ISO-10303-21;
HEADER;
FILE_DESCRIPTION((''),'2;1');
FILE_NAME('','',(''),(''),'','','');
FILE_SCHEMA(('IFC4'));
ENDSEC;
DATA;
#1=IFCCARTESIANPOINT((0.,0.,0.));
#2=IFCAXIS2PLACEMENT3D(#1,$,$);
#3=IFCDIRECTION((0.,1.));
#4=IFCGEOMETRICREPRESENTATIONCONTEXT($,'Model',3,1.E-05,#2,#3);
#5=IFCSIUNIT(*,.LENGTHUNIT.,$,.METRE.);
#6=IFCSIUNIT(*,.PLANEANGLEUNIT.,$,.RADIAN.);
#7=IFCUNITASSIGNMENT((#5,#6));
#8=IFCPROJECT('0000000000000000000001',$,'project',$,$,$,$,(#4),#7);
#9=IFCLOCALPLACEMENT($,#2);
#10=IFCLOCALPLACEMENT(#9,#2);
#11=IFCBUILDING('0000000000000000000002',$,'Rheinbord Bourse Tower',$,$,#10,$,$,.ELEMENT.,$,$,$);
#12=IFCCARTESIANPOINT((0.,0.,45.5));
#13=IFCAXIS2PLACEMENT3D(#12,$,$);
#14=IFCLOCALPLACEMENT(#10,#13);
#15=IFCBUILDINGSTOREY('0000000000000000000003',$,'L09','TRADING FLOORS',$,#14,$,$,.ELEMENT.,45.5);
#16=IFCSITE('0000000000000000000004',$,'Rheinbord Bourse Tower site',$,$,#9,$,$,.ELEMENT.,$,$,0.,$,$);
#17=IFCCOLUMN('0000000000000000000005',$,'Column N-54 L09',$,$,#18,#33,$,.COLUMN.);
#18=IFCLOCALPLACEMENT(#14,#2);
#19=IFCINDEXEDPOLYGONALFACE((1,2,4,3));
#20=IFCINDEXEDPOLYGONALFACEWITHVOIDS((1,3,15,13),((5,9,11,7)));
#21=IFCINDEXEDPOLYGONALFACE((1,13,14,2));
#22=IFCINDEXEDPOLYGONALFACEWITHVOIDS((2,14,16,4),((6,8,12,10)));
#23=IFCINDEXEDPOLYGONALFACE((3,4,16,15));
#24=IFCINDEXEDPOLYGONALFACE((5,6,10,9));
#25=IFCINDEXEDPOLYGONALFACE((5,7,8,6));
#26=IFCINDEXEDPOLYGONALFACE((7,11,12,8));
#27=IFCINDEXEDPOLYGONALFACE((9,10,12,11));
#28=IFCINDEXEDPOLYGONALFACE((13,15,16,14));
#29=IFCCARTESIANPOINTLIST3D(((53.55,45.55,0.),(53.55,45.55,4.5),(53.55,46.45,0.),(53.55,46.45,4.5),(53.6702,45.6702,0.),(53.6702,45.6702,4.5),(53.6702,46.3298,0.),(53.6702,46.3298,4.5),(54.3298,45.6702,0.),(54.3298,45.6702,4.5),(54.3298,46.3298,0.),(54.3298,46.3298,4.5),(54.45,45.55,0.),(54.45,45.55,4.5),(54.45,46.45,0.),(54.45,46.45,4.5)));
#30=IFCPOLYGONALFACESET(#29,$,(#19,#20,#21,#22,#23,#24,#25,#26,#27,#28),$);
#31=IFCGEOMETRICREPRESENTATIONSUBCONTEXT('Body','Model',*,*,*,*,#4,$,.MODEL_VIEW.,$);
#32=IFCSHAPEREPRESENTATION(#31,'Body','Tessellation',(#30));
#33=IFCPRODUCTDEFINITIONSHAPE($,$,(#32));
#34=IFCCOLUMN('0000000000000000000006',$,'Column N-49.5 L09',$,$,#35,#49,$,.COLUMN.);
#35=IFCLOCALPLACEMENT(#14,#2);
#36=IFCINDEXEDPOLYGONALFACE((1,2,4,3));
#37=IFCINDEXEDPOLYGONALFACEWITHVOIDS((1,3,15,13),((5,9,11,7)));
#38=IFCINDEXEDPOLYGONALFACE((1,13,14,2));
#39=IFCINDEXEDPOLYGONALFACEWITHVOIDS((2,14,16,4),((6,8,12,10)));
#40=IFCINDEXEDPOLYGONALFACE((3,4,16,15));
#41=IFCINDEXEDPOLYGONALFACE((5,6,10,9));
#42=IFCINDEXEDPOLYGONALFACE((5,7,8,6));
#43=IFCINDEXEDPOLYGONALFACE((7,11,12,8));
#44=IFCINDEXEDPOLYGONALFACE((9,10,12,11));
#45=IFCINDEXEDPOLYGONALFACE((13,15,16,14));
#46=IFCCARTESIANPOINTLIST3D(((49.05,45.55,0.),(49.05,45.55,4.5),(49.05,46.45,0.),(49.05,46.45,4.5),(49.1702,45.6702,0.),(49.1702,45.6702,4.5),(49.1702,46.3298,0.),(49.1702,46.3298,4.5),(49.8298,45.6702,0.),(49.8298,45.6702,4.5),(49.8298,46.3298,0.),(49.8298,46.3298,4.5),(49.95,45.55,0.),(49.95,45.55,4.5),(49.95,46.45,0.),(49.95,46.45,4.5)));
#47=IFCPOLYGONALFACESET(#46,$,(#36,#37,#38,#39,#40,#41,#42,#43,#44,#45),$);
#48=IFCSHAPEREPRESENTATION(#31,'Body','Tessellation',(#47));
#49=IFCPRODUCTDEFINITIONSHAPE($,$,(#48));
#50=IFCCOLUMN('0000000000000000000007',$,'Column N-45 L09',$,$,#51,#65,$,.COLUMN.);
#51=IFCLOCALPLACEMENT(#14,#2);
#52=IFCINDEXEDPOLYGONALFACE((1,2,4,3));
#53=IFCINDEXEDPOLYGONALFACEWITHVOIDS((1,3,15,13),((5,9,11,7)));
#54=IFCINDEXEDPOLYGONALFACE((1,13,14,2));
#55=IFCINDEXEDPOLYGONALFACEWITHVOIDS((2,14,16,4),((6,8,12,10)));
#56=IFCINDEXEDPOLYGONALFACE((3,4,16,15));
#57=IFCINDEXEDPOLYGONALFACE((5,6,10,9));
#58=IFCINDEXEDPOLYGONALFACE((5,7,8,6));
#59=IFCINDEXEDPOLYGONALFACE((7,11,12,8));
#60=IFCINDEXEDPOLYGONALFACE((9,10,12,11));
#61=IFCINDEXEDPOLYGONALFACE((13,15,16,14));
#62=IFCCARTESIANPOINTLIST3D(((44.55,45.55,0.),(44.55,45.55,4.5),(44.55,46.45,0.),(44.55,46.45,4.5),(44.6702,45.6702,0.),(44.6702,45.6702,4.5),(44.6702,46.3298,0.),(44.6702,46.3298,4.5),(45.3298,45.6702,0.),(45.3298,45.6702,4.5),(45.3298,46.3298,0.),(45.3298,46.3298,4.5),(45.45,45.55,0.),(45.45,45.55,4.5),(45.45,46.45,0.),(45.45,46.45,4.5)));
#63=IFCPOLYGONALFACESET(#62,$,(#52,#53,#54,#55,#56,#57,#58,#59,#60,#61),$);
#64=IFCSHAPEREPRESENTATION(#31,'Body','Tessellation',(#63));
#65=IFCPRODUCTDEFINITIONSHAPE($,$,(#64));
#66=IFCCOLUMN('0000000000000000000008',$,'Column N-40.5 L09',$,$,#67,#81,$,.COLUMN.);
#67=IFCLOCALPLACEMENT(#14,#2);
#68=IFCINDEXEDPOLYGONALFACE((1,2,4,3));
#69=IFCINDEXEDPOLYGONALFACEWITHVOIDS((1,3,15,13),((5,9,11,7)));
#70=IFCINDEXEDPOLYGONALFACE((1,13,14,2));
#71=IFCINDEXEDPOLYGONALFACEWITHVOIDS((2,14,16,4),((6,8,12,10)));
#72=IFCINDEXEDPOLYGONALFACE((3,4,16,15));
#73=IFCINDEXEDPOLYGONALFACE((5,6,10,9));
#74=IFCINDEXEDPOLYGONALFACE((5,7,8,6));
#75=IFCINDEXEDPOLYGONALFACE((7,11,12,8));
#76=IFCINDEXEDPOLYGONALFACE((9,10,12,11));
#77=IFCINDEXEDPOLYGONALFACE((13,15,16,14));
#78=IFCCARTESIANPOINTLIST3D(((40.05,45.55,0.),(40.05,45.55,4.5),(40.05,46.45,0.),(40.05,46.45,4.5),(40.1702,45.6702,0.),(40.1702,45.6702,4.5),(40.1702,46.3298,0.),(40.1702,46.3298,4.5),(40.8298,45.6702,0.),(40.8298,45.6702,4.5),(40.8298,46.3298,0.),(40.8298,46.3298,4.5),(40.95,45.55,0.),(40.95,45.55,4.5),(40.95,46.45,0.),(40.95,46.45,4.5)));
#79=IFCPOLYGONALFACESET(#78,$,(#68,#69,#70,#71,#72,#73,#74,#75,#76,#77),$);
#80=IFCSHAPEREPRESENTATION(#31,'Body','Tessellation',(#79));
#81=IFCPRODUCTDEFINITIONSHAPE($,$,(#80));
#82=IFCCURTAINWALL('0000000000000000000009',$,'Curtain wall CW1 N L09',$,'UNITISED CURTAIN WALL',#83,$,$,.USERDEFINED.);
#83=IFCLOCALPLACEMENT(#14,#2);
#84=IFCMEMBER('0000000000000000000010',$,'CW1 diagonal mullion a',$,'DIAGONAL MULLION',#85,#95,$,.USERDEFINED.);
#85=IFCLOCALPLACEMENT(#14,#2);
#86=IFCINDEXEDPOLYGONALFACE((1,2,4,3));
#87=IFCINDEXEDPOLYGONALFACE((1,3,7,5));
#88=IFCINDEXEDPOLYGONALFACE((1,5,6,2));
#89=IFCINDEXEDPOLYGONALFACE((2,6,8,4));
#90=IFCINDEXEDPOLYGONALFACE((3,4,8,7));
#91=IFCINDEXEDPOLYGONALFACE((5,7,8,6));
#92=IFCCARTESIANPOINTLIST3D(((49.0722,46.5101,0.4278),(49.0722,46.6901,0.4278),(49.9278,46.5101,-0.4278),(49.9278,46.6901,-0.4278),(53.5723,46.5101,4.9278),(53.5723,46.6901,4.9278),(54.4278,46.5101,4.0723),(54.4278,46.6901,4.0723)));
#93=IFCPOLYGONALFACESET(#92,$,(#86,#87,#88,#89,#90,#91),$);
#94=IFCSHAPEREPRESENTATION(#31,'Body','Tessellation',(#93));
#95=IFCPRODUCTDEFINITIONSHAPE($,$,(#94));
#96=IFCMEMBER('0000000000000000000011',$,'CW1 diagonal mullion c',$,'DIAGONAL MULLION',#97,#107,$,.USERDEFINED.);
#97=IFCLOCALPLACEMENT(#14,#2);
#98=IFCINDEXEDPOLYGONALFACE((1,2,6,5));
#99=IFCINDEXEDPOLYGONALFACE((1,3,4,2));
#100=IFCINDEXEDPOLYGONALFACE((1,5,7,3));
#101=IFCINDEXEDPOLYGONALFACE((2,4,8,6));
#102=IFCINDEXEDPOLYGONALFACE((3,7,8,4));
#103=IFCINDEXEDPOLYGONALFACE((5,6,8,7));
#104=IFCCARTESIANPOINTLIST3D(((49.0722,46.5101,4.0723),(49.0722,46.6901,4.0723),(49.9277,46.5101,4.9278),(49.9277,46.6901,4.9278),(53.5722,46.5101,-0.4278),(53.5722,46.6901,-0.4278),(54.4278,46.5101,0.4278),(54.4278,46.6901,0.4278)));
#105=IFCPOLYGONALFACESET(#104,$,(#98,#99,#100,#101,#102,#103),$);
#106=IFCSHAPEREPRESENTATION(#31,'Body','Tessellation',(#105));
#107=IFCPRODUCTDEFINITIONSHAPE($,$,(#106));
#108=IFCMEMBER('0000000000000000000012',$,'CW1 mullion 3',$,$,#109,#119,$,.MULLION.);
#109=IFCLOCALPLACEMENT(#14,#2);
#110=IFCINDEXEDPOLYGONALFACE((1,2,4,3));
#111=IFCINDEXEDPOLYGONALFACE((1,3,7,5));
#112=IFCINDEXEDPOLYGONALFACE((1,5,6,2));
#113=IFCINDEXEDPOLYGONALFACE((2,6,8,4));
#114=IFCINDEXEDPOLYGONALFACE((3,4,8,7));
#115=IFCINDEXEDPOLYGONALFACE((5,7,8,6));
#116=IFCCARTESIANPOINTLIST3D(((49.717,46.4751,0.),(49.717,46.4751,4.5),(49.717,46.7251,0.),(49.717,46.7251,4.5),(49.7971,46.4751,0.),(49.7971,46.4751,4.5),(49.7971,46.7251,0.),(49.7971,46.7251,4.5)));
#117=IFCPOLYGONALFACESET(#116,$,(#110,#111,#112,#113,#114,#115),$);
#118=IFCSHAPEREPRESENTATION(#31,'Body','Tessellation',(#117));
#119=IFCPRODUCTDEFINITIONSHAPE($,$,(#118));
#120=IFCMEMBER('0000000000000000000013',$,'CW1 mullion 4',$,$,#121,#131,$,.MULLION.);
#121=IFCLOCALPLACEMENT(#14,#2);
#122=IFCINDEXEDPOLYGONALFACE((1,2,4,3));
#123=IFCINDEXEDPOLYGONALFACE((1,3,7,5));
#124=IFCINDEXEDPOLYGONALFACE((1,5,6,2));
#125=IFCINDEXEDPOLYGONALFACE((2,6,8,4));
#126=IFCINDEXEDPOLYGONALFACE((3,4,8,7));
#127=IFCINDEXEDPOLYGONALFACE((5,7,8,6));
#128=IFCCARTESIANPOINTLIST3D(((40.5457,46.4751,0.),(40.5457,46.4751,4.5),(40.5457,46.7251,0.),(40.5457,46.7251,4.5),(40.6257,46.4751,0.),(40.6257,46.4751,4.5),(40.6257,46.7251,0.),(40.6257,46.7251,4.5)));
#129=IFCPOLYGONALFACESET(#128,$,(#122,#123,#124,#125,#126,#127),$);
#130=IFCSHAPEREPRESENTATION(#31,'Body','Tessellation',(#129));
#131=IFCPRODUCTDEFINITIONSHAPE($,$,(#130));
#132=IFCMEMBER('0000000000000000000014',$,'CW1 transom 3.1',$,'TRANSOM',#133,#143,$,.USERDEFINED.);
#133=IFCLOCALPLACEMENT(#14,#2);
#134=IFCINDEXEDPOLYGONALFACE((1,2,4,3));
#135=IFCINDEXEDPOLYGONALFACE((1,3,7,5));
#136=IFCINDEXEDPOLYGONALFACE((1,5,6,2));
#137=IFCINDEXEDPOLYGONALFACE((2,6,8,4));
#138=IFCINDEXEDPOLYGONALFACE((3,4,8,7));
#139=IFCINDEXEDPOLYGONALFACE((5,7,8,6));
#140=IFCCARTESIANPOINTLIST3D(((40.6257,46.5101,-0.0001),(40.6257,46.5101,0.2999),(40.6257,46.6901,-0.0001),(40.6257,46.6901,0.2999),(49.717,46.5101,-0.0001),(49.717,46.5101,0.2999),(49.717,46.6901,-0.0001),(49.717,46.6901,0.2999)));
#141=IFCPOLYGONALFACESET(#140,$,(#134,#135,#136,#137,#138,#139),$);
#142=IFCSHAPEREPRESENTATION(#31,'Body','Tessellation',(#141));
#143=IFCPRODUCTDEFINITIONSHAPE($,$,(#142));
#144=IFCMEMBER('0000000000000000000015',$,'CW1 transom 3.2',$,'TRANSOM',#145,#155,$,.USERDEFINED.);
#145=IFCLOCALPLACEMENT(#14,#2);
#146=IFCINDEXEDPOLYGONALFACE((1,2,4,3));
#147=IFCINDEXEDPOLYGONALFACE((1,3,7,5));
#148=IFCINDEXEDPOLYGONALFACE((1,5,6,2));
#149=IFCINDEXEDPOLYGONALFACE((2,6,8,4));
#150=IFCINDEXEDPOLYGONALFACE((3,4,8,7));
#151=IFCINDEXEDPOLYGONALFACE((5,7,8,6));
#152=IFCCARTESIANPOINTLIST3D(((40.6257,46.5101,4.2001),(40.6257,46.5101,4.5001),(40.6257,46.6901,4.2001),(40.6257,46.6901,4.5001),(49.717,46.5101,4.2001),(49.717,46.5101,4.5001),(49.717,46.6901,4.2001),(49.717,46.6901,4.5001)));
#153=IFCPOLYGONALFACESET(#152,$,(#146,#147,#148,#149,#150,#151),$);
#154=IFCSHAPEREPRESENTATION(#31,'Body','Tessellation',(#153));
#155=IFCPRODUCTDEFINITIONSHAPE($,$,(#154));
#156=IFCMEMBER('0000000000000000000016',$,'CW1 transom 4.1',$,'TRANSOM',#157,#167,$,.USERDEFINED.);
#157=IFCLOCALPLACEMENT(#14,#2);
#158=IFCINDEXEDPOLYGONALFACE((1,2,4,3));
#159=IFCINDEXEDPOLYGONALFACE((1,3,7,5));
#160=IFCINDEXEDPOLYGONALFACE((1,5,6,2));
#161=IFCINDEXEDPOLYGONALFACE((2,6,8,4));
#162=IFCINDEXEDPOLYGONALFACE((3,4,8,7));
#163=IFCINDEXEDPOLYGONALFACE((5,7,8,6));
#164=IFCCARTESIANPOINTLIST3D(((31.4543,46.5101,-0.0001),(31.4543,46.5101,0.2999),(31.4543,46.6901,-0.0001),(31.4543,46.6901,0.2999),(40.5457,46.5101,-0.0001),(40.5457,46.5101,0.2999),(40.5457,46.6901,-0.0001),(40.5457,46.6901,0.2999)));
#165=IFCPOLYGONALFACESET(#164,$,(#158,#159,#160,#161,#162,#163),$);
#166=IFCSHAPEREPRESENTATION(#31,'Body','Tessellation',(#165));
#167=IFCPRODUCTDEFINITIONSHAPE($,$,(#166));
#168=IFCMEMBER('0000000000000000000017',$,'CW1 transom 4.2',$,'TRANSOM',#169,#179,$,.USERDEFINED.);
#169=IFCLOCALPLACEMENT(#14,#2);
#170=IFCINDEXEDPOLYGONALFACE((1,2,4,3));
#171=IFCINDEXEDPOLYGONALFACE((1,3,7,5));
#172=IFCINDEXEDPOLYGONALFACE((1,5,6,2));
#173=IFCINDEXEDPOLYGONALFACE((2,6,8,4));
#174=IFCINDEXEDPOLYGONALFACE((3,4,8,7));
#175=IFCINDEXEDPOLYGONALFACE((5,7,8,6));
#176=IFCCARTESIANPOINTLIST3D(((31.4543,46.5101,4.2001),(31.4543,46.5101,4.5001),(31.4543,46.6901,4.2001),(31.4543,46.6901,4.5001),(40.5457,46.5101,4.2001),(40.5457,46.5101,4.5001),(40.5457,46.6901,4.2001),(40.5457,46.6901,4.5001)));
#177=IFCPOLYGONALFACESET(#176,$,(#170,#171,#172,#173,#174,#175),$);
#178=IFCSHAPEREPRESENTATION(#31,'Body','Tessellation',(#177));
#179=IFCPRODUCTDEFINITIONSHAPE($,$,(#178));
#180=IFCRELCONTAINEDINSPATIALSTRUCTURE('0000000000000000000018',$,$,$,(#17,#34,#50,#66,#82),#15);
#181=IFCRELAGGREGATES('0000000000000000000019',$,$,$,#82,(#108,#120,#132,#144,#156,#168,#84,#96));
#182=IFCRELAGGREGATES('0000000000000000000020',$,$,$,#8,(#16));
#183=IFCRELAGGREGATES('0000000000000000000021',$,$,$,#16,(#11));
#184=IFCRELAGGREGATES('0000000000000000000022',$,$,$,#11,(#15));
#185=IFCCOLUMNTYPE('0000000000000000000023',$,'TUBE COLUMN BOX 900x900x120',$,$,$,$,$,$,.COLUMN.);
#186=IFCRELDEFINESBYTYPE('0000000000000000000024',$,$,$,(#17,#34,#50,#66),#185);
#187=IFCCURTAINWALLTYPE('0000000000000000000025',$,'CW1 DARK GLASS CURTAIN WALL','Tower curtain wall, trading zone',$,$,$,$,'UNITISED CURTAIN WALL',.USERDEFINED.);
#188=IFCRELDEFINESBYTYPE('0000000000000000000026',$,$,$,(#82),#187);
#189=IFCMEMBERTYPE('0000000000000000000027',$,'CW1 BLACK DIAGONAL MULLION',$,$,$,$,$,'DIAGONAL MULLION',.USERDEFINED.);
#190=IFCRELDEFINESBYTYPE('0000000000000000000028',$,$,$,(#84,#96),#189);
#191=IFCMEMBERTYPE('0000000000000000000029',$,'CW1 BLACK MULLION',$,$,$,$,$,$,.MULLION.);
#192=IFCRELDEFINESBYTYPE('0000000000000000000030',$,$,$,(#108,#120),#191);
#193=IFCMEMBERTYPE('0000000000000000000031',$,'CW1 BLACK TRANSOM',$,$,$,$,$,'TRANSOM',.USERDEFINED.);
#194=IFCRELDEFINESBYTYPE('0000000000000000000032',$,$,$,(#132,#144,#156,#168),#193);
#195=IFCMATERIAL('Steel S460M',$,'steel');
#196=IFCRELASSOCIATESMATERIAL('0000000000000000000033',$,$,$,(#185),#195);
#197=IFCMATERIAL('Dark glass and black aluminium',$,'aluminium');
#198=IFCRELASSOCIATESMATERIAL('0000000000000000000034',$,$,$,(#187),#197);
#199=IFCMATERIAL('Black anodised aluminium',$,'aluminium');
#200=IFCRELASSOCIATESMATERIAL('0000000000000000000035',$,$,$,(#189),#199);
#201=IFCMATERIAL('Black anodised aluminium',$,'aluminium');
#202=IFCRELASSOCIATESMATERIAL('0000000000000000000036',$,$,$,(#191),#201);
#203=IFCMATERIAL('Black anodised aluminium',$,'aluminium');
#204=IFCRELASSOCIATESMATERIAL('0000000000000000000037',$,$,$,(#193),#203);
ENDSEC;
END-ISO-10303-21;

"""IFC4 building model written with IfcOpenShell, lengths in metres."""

from ifc_helpers import new_model, si_unit, direction, frame, origin, origin_2d, place, context, subcontext, project, spatial, rectangle, hollow_rectangle, extrude, material, material_profile, profile_set, type_object, element, aggregate, save


model = new_model("IFC4")

# Units and contexts
model_context = context("Model", 3, precision=1e-05, world=origin(), true_north=direction((0.0, 1.0)))
body_context = subcontext(model_context, "Body", "Model", "MODEL_VIEW")
ifc_project = project(units=[si_unit("LENGTHUNIT", "METRE"), si_unit("PLANEANGLEUNIT", "RADIAN")], contexts=[model_context])

# Site, building, storey
site_placement = place(None, origin())
site = spatial("IfcSite", under=ifc_project, at=site_placement, Name="Rheinbord Bourse Tower site", CompositionType="ELEMENT", RefElevation=0.0)
building_placement = place(site_placement, origin())
building = spatial("IfcBuilding", under=site, at=building_placement, Name="Rheinbord Bourse Tower", CompositionType="ELEMENT")
storey_placement = place(building_placement, frame((0.0, 0.0, 45.5)))
storey = spatial("IfcBuildingStorey", under=building, at=storey_placement, Name="L09", Description="TRADING FLOORS", CompositionType="ELEMENT", Elevation=45.5)

# Columns
ifc_material_1 = material(Name="Steel S460M", Category="steel")
ifc_material_profile_1 = material_profile(ifc_material_1, hollow_rectangle(XDim=0.8999, YDim=0.8999, WallThickness=0.1201, at=origin_2d()), Name="BOX 900x900x120")
ifc_profile_set_1 = profile_set([ifc_material_profile_1], Name="Steel S460M")
column_type = type_object("IfcColumnType", Name="TUBE COLUMN BOX 900x900x120", PredefinedType="COLUMN", material=ifc_profile_set_1)
for number, where, z_axis, x_axis, name in (
    (1, (54.0, 46.0, 0.0), (0.0, 0.0, 1.0), (0.0, 1.0, 0.0), "Column N-54 L09"),
    (2, (49.5, 46.0, 0.0), (0.0, 0.0, 1.0), (0.0, 1.0, 0.0), "Column N-49.5 L09"),
    (3, (45.0, 46.0, 0.0), (0.0, 0.0, 1.0), (0.0, 1.0, 0.0), "Column N-45 L09"),
    (4, (40.5, 46.0, 0.0), (0.0, 0.0, 1.0), (0.0, 1.0, 0.0), "Column N-40.5 L09"),
):
    element("IfcColumn", number, at=place(storey_placement, frame(where, z_axis=z_axis, x_axis=x_axis)), inside=storey, type_object=column_type, Name=name, PredefinedType="COLUMN", context=body_context, shape_type="SweptSolid", body=[
        extrude(hollow_rectangle(XDim=0.8999, YDim=0.8999, WallThickness=0.1201, at=origin_2d()), origin(), (0.0, 0.0, 1.0), 4.5),
    ])

# Curtain wall, members
ifc_material_2 = material(Name="Dark glass and black aluminium", Category="aluminium")
curtain_wall_type = type_object("IfcCurtainWallType", Name="CW1 DARK GLASS CURTAIN WALL", Description="Tower curtain wall, trading zone", ElementType="UNITISED CURTAIN WALL", PredefinedType="USERDEFINED", material=ifc_material_2)
curtain_wall_placement = place(storey_placement, origin())
curtain_wall = element("IfcCurtainWall", 5, at=curtain_wall_placement, inside=storey, type_object=curtain_wall_type, Name="Curtain wall CW1 N L09", ObjectType="UNITISED CURTAIN WALL", PredefinedType="USERDEFINED")
ifc_material_3 = material(Name="Black anodised aluminium", Category="aluminium")
ifc_material_profile_2 = material_profile(ifc_material_3, rectangle(XDim=0.1799, YDim=1.21, at=origin_2d()), Name="CW1 DIAGONAL MULLION 1210x180")
ifc_profile_set_2 = profile_set([ifc_material_profile_2], Name="Black anodised aluminium")
member_type_1 = type_object("IfcMemberType", Name="CW1 BLACK DIAGONAL MULLION", ElementType="DIAGONAL MULLION", PredefinedType="USERDEFINED", material=ifc_profile_set_2)
member_1_placement = place(storey_placement, frame((49.5, 46.6001, 0.0), z_axis=(0.707107, 0.0, 0.707107), x_axis=(0.0, 1.0, 0.0)))
member_1 = element("IfcMember", 6, at=member_1_placement, type_object=member_type_1, Name="CW1 diagonal mullion a", ObjectType="DIAGONAL MULLION", PredefinedType="USERDEFINED", context=body_context, shape_type="SweptSolid", body=[
    extrude(rectangle(XDim=0.1799, YDim=1.21, at=origin_2d()), origin(), (0.0, 0.0, 1.0), 6.364),
])
member_2_placement = place(storey_placement, frame((54.0, 46.6001, 0.0), z_axis=(-0.707107, 0.0, 0.707107), x_axis=(0.0, -1.0, 0.0)))
member_2 = element("IfcMember", 7, at=member_2_placement, type_object=member_type_1, Name="CW1 diagonal mullion c", ObjectType="DIAGONAL MULLION", PredefinedType="USERDEFINED", context=body_context, shape_type="SweptSolid", body=[
    extrude(rectangle(XDim=0.1799, YDim=1.21, at=origin_2d()), origin(), (0.0, 0.0, 1.0), 6.364),
])
ifc_material_4 = material(Name="Black anodised aluminium", Category="aluminium")
ifc_material_profile_3 = material_profile(ifc_material_4, rectangle(XDim=0.25, YDim=0.0801, at=origin_2d()), Name="CW1 MULLION 80x250")
ifc_profile_set_3 = profile_set([ifc_material_profile_3], Name="Black anodised aluminium")
member_type_2 = type_object("IfcMemberType", Name="CW1 BLACK MULLION", PredefinedType="MULLION", material=ifc_profile_set_3)
member_3_placement = place(storey_placement, frame((49.7571, 46.6001, 0.0), z_axis=(0.0, 0.0, 1.0), x_axis=(0.0, -1.0, 0.0)))
member_3 = element("IfcMember", 8, at=member_3_placement, type_object=member_type_2, Name="CW1 mullion 3", PredefinedType="MULLION", context=body_context, shape_type="SweptSolid", body=[
    extrude(rectangle(XDim=0.25, YDim=0.0801, at=origin_2d()), origin(), (0.0, 0.0, 1.0), 4.5),
])
member_4_placement = place(storey_placement, frame((40.5857, 46.6001, 0.0), z_axis=(0.0, 0.0, 1.0), x_axis=(0.0, -1.0, 0.0)))
member_4 = element("IfcMember", 9, at=member_4_placement, type_object=member_type_2, Name="CW1 mullion 4", PredefinedType="MULLION", context=body_context, shape_type="SweptSolid", body=[
    extrude(rectangle(XDim=0.25, YDim=0.0801, at=origin_2d()), origin(), (0.0, 0.0, 1.0), 4.5),
])
ifc_material_5 = material(Name="Black anodised aluminium", Category="aluminium")
ifc_material_profile_4 = material_profile(ifc_material_5, rectangle(XDim=0.1799, YDim=0.3, at=origin_2d()), Name="CW1 TRANSOM 300x180")
ifc_profile_set_4 = profile_set([ifc_material_profile_4], Name="Black anodised aluminium")
member_type_3 = type_object("IfcMemberType", Name="CW1 BLACK TRANSOM", ElementType="TRANSOM", PredefinedType="USERDEFINED", material=ifc_profile_set_4)
member_5_placement = place(storey_placement, frame((49.717, 46.6001, 0.1499), z_axis=(-1.0, 0.0, 0.0), x_axis=(0.0, -1.0, 0.0)))
member_5 = element("IfcMember", 10, at=member_5_placement, type_object=member_type_3, Name="CW1 transom 3.1", ObjectType="TRANSOM", PredefinedType="USERDEFINED", context=body_context, shape_type="SweptSolid", body=[
    extrude(rectangle(XDim=0.1799, YDim=0.3, at=origin_2d()), origin(), (0.0, 0.0, 1.0), 9.0913),
])
member_6_placement = place(storey_placement, frame((49.717, 46.6001, 4.3501), z_axis=(-1.0, 0.0, 0.0), x_axis=(0.0, -1.0, 0.0)))
member_6 = element("IfcMember", 11, at=member_6_placement, type_object=member_type_3, Name="CW1 transom 3.2", ObjectType="TRANSOM", PredefinedType="USERDEFINED", context=body_context, shape_type="SweptSolid", body=[
    extrude(rectangle(XDim=0.1799, YDim=0.3, at=origin_2d()), origin(), (0.0, 0.0, 1.0), 9.0913),
])
member_7_placement = place(storey_placement, frame((40.5457, 46.6001, 0.1499), z_axis=(-1.0, 0.0, 0.0), x_axis=(0.0, -1.0, 0.0)))
member_7 = element("IfcMember", 12, at=member_7_placement, type_object=member_type_3, Name="CW1 transom 4.1", ObjectType="TRANSOM", PredefinedType="USERDEFINED", context=body_context, shape_type="SweptSolid", body=[
    extrude(rectangle(XDim=0.1799, YDim=0.3, at=origin_2d()), origin(), (0.0, 0.0, 1.0), 9.0913),
])
member_8_placement = place(storey_placement, frame((40.5457, 46.6001, 4.3501), z_axis=(-1.0, 0.0, 0.0), x_axis=(0.0, -1.0, 0.0)))
member_8 = element("IfcMember", 13, at=member_8_placement, type_object=member_type_3, Name="CW1 transom 4.2", ObjectType="TRANSOM", PredefinedType="USERDEFINED", context=body_context, shape_type="SweptSolid", body=[
    extrude(rectangle(XDim=0.1799, YDim=0.3, at=origin_2d()), origin(), (0.0, 0.0, 1.0), 9.0913),
])

aggregate(curtain_wall, [member_3, member_4, member_5, member_6, member_7, member_8, member_1, member_2])

save(model, "model.ifc")
